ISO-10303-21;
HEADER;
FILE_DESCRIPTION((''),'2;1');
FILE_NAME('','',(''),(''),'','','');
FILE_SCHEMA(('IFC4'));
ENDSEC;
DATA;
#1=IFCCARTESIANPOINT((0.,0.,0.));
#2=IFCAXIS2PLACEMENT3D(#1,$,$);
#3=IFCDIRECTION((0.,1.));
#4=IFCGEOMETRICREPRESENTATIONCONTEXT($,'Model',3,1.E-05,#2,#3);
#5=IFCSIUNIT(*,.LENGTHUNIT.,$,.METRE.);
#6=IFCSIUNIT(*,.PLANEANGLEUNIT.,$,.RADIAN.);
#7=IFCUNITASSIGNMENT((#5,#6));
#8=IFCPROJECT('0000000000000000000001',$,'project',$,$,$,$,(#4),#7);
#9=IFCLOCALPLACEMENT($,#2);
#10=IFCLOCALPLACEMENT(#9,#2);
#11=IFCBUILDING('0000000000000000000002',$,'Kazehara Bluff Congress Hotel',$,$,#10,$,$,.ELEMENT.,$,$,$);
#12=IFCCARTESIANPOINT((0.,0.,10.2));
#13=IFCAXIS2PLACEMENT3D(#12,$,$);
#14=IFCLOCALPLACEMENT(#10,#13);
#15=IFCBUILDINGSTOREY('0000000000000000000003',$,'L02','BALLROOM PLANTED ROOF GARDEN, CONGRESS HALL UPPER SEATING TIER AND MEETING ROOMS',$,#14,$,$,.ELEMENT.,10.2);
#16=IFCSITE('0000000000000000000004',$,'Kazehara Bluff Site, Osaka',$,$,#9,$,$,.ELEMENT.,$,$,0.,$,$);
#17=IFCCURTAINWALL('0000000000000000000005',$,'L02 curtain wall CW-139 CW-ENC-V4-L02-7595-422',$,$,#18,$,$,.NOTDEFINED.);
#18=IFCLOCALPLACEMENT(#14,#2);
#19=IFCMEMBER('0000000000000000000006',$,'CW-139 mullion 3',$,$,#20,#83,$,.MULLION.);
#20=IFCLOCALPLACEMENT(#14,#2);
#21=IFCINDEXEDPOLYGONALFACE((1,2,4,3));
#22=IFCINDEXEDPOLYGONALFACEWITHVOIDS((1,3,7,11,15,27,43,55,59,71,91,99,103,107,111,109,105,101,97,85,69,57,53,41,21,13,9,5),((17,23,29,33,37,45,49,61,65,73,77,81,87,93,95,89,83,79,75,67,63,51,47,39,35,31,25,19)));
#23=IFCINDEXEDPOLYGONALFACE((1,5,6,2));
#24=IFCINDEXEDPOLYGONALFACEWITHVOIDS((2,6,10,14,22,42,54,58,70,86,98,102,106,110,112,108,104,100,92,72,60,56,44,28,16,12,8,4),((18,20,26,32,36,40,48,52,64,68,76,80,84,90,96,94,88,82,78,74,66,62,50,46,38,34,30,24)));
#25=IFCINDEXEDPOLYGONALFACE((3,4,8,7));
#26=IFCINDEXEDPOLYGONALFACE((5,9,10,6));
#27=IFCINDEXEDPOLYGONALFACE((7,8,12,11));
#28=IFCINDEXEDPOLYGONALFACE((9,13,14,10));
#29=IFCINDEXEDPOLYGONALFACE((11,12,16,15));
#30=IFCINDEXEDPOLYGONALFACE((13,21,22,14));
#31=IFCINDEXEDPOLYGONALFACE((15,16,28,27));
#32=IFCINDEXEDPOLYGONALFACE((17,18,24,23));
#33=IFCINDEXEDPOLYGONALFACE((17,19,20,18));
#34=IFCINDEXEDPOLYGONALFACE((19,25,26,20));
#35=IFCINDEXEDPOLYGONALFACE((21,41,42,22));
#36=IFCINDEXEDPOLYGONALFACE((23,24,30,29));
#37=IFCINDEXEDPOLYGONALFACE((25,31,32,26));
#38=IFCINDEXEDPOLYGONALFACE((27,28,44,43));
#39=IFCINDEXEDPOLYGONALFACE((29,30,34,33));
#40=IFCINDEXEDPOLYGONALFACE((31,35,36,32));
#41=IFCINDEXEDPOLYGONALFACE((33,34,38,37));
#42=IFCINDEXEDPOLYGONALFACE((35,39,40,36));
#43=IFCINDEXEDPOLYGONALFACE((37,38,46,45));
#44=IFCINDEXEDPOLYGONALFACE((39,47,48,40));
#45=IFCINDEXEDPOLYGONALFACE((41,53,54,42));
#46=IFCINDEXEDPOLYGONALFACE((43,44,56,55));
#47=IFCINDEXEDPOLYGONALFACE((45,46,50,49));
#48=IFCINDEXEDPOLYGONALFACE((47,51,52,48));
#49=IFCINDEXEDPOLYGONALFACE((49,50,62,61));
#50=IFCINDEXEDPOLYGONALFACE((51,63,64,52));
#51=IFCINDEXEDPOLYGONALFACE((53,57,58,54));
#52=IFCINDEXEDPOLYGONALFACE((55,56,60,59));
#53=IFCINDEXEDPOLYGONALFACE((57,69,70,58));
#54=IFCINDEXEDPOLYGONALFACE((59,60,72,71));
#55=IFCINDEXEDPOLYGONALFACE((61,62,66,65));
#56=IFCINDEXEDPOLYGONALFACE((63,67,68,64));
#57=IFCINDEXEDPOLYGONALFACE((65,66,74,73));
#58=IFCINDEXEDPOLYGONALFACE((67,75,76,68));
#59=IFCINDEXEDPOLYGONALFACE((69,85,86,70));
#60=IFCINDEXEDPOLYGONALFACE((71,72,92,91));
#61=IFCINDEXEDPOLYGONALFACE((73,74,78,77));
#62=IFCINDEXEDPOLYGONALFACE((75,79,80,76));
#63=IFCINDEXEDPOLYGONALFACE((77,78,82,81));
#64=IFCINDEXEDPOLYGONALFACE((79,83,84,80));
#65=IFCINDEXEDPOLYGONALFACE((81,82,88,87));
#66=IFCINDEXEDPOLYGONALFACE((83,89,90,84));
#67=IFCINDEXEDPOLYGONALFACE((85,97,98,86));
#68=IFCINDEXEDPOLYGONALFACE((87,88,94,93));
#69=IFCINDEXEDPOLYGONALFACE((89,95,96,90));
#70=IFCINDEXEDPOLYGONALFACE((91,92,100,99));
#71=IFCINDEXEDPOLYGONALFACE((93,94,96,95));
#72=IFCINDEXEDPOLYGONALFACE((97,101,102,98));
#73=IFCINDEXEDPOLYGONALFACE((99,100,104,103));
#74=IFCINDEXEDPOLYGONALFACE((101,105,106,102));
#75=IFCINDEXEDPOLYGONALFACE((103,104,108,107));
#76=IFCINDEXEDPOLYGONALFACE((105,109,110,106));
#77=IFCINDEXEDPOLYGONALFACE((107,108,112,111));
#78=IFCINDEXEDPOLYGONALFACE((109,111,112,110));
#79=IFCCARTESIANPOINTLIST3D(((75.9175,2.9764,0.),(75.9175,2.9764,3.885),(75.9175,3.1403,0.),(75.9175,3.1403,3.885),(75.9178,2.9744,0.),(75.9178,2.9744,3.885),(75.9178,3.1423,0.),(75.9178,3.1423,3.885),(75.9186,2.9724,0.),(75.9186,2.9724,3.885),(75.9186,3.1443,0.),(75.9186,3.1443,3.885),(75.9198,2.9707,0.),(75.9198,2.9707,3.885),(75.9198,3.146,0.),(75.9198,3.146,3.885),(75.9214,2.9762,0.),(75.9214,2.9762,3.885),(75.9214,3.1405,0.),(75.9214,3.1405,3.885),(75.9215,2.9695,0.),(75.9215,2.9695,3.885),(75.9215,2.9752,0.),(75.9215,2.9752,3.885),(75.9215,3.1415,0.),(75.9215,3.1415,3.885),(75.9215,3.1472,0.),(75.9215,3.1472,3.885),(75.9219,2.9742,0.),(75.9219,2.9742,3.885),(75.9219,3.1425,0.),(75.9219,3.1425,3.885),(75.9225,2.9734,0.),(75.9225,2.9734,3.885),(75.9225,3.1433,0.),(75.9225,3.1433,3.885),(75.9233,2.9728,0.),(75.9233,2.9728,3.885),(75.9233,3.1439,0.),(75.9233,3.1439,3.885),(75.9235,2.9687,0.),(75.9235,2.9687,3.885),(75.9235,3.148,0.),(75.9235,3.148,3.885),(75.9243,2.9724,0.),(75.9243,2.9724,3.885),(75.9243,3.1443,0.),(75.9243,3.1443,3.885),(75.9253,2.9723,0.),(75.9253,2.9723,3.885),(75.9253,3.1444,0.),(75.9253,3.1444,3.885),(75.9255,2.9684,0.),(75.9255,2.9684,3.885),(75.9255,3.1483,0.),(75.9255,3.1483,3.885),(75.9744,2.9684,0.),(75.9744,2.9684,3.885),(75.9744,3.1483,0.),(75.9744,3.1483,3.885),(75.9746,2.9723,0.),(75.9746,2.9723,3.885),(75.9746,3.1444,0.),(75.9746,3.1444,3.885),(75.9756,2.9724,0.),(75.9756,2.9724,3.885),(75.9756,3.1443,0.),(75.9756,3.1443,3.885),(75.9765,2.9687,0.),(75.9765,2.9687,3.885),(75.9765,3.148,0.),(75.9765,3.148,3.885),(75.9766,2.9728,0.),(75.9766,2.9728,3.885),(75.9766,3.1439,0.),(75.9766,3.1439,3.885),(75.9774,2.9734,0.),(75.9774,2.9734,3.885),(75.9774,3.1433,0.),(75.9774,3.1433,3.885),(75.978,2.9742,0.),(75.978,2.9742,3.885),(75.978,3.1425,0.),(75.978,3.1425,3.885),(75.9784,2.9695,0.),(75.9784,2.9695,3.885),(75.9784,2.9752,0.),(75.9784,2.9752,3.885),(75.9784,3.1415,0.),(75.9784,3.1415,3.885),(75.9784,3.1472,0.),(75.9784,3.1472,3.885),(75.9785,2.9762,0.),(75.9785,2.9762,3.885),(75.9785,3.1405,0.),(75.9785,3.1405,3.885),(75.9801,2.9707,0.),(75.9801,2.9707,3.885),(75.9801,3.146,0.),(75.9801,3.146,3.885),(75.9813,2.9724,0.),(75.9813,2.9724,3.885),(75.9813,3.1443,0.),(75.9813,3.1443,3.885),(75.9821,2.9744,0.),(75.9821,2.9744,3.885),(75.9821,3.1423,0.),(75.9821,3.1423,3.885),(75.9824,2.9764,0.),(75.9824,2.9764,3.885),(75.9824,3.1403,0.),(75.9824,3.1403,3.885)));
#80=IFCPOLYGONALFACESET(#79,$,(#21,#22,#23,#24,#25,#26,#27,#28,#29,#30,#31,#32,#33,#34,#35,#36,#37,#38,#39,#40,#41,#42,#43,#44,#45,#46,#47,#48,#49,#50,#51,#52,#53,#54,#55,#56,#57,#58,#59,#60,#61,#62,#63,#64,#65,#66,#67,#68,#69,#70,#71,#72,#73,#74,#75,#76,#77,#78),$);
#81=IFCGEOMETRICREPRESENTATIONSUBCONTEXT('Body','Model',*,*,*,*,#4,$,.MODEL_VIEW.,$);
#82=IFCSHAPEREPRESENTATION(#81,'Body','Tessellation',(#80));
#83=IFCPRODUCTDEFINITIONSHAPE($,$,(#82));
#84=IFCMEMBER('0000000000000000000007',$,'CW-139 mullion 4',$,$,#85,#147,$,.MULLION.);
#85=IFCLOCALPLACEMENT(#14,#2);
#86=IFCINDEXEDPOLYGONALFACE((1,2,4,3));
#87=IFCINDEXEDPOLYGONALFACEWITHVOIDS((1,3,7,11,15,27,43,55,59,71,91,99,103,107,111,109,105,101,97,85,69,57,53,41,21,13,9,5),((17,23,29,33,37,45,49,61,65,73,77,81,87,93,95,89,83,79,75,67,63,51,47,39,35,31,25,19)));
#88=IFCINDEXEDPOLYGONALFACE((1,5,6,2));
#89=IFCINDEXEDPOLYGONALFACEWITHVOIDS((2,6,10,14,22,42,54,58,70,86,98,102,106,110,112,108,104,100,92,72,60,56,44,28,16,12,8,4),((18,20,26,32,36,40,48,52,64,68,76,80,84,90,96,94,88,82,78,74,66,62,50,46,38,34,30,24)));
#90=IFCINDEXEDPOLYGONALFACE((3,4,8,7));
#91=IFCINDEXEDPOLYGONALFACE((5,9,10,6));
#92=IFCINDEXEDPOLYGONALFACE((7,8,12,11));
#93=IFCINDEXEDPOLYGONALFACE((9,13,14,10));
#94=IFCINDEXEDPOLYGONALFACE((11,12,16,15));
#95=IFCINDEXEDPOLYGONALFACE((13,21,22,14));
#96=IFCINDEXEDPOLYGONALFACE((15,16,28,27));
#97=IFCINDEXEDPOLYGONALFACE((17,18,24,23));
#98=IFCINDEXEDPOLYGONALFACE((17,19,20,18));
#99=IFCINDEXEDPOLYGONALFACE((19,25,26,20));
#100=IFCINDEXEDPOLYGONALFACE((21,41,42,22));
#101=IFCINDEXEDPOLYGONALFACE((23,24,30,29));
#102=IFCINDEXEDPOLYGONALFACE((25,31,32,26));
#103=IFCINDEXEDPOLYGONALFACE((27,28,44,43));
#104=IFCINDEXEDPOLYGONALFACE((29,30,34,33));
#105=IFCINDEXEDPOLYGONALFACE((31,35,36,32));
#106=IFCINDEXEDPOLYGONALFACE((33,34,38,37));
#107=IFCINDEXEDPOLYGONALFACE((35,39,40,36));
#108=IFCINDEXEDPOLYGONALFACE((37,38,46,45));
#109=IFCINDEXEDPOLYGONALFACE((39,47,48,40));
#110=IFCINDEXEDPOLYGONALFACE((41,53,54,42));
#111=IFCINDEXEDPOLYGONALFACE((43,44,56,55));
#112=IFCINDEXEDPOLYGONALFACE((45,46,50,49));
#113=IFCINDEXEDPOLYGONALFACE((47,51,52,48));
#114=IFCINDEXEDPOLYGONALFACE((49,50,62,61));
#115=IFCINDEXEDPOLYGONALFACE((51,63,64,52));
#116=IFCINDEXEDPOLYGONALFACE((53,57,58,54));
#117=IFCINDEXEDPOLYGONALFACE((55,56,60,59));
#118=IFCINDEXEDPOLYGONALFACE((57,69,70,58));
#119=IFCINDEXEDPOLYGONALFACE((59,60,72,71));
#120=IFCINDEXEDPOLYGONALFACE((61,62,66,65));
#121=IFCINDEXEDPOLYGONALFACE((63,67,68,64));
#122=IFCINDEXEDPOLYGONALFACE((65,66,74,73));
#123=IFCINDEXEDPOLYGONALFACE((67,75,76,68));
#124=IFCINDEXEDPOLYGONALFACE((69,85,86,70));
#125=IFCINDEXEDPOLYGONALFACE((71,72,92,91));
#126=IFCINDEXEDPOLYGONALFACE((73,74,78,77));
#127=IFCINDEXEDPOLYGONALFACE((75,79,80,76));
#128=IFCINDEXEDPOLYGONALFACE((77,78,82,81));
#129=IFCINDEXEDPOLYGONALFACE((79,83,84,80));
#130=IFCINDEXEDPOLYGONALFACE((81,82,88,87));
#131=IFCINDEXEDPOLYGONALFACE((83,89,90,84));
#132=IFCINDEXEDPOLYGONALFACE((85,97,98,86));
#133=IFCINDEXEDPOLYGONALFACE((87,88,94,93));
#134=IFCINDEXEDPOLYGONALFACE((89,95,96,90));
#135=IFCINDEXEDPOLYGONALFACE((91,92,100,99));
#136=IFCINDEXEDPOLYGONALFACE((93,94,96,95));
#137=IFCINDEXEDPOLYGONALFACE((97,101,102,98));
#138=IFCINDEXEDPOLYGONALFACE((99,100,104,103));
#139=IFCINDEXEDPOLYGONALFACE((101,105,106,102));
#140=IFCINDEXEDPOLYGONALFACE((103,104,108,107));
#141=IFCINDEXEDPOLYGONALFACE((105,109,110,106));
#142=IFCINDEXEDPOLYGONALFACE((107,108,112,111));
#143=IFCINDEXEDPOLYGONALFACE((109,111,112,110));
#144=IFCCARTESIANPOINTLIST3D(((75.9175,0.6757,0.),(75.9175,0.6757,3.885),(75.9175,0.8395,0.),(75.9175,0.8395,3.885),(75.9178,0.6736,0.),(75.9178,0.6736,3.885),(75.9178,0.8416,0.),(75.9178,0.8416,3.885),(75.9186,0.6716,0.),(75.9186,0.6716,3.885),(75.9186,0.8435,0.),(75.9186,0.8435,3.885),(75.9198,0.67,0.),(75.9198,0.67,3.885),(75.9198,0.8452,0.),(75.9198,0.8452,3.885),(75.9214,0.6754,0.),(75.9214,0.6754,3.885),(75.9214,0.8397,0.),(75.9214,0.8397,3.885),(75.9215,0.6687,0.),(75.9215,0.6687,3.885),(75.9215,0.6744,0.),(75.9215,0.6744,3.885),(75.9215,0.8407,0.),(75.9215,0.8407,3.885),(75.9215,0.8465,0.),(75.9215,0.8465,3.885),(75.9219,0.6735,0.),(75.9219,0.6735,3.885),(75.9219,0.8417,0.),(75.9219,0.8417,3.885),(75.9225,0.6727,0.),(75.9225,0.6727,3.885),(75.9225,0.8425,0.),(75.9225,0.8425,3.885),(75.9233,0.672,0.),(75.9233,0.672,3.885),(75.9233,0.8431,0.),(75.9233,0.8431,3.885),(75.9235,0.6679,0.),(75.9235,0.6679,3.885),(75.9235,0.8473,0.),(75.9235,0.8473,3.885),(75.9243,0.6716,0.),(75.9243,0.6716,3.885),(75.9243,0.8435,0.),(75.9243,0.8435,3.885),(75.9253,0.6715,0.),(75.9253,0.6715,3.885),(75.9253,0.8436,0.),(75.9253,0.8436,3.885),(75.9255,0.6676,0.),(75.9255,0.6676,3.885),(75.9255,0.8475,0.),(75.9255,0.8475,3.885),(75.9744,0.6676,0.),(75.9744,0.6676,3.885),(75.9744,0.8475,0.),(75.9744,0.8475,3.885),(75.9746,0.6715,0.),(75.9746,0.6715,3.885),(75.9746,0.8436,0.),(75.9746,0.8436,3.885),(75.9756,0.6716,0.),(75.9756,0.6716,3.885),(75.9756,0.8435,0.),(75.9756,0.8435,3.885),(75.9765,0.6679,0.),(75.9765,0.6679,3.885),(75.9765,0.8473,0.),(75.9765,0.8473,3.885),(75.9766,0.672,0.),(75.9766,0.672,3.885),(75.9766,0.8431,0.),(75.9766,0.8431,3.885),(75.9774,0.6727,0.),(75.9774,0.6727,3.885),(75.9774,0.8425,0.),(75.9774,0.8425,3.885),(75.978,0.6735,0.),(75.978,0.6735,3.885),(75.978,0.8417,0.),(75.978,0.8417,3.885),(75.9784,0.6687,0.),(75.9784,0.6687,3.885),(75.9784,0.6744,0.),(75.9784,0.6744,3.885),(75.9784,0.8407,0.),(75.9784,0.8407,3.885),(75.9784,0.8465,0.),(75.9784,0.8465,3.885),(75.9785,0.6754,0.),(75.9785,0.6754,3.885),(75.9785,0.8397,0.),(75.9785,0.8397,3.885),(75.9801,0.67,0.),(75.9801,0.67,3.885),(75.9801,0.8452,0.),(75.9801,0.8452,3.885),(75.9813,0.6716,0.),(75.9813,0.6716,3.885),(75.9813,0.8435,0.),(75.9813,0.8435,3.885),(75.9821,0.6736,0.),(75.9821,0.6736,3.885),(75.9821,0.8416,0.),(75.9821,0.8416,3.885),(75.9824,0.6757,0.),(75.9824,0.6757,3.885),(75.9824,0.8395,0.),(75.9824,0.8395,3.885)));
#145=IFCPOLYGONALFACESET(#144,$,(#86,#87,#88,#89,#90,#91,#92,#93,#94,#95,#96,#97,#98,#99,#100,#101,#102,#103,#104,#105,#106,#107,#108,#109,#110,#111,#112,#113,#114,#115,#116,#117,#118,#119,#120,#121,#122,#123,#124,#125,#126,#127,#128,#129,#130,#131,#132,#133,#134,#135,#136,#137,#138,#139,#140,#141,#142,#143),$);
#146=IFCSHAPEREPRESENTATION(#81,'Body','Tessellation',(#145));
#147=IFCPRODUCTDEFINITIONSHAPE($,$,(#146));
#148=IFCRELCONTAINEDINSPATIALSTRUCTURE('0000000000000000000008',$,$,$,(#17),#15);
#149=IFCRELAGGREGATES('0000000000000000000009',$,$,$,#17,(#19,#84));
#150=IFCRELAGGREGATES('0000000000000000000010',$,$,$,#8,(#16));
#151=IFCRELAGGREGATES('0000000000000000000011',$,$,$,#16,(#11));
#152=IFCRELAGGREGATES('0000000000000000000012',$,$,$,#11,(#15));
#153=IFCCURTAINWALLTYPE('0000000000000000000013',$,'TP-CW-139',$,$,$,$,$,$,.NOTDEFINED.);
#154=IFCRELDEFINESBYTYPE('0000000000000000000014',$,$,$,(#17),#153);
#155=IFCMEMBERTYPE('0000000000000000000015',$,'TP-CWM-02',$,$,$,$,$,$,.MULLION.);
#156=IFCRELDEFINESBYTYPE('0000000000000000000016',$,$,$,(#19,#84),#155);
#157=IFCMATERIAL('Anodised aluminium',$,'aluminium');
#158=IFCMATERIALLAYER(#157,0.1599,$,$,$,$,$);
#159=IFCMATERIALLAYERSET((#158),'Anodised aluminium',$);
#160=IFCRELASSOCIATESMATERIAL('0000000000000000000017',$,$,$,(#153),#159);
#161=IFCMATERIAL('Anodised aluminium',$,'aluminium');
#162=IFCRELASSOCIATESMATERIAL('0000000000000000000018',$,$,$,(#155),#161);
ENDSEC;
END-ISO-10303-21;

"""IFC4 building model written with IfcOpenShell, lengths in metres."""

from ifc_helpers import new_model, si_unit, direction, frame, origin, origin_2d, place, context, subcontext, project, spatial, hollow_rectangle, extrude, material, layer, layer_set, material_profile, profile_set, type_object, element, aggregate, save


model = new_model("IFC4")

# Units and contexts
model_context = context("Model", 3, precision=1e-05, world=origin(), true_north=direction((0.0, 1.0)))
body_context = subcontext(model_context, "Body", "Model", "MODEL_VIEW")
ifc_project = project(units=[si_unit("LENGTHUNIT", "METRE"), si_unit("PLANEANGLEUNIT", "RADIAN")], contexts=[model_context])

# Site, building, storey
site_placement = place(None, origin())
site = spatial("IfcSite", under=ifc_project, at=site_placement, Name="Kazehara Bluff Site, Osaka", CompositionType="ELEMENT", RefElevation=0.0)
building_placement = place(site_placement, origin())
building = spatial("IfcBuilding", under=site, at=building_placement, Name="Kazehara Bluff Congress Hotel", CompositionType="ELEMENT")
storey_placement = place(building_placement, frame((0.0, 0.0, 10.2)))
storey = spatial("IfcBuildingStorey", under=building, at=storey_placement, Name="L02", Description="BALLROOM PLANTED ROOF GARDEN, CONGRESS HALL UPPER SEATING TIER AND MEETING ROOMS", CompositionType="ELEMENT", Elevation=10.2)

# Curtain wall, members
ifc_material_1 = material(Name="Anodised aluminium", Category="aluminium")
ifc_layer_1 = layer(ifc_material_1, 0.1599)
ifc_layer_set_1 = layer_set([ifc_layer_1], Name="Anodised aluminium")
curtain_wall_type = type_object("IfcCurtainWallType", Name="TP-CW-139", PredefinedType="NOTDEFINED", material=ifc_layer_set_1)
curtain_wall_placement = place(storey_placement, origin())
curtain_wall = element("IfcCurtainWall", 1, at=curtain_wall_placement, inside=storey, type_object=curtain_wall_type, Name="L02 curtain wall CW-139 CW-ENC-V4-L02-7595-422", PredefinedType="NOTDEFINED")
ifc_material_2 = material(Name="Anodised aluminium", Category="aluminium")
ifc_material_profile_1 = material_profile(ifc_material_2, hollow_rectangle(XDim=0.0649, YDim=0.1799, WallThickness=0.0039, InnerFilletRadius=0.0039, OuterFilletRadius=0.0081, at=origin_2d()))
ifc_profile_set_1 = profile_set([ifc_material_profile_1], Name="Anodised aluminium")
member_type_1 = type_object("IfcMemberType", Name="TP-CWM-02", PredefinedType="MULLION", material=ifc_profile_set_1)
member_1_placement = place(storey_placement, frame((75.95, 3.0583, 0.0), z_axis=(0.0, 0.0, 1.0), x_axis=(1.0, 0.0, 0.0)))
member_1 = element("IfcMember", 2, at=member_1_placement, type_object=member_type_1, Name="CW-139 mullion 3", PredefinedType="MULLION", context=body_context, shape_type="SweptSolid", body=[
    extrude(hollow_rectangle(XDim=0.0649, YDim=0.1799, WallThickness=0.0039, InnerFilletRadius=0.0039, OuterFilletRadius=0.0081, at=origin_2d()), origin(), (0.0, 0.0, 1.0), 3.885),
])
member_2_placement = place(storey_placement, frame((75.95, 0.7576, 0.0), z_axis=(0.0, 0.0, 1.0), x_axis=(1.0, 0.0, 0.0)))
member_2 = element("IfcMember", 3, at=member_2_placement, type_object=member_type_1, Name="CW-139 mullion 4", PredefinedType="MULLION", context=body_context, shape_type="SweptSolid", body=[
    extrude(hollow_rectangle(XDim=0.0649, YDim=0.1799, WallThickness=0.0039, InnerFilletRadius=0.0039, OuterFilletRadius=0.0081, at=origin_2d()), origin(), (0.0, 0.0, 1.0), 3.885),
])

aggregate(curtain_wall, [member_1, member_2])

save(model, "model.ifc")
